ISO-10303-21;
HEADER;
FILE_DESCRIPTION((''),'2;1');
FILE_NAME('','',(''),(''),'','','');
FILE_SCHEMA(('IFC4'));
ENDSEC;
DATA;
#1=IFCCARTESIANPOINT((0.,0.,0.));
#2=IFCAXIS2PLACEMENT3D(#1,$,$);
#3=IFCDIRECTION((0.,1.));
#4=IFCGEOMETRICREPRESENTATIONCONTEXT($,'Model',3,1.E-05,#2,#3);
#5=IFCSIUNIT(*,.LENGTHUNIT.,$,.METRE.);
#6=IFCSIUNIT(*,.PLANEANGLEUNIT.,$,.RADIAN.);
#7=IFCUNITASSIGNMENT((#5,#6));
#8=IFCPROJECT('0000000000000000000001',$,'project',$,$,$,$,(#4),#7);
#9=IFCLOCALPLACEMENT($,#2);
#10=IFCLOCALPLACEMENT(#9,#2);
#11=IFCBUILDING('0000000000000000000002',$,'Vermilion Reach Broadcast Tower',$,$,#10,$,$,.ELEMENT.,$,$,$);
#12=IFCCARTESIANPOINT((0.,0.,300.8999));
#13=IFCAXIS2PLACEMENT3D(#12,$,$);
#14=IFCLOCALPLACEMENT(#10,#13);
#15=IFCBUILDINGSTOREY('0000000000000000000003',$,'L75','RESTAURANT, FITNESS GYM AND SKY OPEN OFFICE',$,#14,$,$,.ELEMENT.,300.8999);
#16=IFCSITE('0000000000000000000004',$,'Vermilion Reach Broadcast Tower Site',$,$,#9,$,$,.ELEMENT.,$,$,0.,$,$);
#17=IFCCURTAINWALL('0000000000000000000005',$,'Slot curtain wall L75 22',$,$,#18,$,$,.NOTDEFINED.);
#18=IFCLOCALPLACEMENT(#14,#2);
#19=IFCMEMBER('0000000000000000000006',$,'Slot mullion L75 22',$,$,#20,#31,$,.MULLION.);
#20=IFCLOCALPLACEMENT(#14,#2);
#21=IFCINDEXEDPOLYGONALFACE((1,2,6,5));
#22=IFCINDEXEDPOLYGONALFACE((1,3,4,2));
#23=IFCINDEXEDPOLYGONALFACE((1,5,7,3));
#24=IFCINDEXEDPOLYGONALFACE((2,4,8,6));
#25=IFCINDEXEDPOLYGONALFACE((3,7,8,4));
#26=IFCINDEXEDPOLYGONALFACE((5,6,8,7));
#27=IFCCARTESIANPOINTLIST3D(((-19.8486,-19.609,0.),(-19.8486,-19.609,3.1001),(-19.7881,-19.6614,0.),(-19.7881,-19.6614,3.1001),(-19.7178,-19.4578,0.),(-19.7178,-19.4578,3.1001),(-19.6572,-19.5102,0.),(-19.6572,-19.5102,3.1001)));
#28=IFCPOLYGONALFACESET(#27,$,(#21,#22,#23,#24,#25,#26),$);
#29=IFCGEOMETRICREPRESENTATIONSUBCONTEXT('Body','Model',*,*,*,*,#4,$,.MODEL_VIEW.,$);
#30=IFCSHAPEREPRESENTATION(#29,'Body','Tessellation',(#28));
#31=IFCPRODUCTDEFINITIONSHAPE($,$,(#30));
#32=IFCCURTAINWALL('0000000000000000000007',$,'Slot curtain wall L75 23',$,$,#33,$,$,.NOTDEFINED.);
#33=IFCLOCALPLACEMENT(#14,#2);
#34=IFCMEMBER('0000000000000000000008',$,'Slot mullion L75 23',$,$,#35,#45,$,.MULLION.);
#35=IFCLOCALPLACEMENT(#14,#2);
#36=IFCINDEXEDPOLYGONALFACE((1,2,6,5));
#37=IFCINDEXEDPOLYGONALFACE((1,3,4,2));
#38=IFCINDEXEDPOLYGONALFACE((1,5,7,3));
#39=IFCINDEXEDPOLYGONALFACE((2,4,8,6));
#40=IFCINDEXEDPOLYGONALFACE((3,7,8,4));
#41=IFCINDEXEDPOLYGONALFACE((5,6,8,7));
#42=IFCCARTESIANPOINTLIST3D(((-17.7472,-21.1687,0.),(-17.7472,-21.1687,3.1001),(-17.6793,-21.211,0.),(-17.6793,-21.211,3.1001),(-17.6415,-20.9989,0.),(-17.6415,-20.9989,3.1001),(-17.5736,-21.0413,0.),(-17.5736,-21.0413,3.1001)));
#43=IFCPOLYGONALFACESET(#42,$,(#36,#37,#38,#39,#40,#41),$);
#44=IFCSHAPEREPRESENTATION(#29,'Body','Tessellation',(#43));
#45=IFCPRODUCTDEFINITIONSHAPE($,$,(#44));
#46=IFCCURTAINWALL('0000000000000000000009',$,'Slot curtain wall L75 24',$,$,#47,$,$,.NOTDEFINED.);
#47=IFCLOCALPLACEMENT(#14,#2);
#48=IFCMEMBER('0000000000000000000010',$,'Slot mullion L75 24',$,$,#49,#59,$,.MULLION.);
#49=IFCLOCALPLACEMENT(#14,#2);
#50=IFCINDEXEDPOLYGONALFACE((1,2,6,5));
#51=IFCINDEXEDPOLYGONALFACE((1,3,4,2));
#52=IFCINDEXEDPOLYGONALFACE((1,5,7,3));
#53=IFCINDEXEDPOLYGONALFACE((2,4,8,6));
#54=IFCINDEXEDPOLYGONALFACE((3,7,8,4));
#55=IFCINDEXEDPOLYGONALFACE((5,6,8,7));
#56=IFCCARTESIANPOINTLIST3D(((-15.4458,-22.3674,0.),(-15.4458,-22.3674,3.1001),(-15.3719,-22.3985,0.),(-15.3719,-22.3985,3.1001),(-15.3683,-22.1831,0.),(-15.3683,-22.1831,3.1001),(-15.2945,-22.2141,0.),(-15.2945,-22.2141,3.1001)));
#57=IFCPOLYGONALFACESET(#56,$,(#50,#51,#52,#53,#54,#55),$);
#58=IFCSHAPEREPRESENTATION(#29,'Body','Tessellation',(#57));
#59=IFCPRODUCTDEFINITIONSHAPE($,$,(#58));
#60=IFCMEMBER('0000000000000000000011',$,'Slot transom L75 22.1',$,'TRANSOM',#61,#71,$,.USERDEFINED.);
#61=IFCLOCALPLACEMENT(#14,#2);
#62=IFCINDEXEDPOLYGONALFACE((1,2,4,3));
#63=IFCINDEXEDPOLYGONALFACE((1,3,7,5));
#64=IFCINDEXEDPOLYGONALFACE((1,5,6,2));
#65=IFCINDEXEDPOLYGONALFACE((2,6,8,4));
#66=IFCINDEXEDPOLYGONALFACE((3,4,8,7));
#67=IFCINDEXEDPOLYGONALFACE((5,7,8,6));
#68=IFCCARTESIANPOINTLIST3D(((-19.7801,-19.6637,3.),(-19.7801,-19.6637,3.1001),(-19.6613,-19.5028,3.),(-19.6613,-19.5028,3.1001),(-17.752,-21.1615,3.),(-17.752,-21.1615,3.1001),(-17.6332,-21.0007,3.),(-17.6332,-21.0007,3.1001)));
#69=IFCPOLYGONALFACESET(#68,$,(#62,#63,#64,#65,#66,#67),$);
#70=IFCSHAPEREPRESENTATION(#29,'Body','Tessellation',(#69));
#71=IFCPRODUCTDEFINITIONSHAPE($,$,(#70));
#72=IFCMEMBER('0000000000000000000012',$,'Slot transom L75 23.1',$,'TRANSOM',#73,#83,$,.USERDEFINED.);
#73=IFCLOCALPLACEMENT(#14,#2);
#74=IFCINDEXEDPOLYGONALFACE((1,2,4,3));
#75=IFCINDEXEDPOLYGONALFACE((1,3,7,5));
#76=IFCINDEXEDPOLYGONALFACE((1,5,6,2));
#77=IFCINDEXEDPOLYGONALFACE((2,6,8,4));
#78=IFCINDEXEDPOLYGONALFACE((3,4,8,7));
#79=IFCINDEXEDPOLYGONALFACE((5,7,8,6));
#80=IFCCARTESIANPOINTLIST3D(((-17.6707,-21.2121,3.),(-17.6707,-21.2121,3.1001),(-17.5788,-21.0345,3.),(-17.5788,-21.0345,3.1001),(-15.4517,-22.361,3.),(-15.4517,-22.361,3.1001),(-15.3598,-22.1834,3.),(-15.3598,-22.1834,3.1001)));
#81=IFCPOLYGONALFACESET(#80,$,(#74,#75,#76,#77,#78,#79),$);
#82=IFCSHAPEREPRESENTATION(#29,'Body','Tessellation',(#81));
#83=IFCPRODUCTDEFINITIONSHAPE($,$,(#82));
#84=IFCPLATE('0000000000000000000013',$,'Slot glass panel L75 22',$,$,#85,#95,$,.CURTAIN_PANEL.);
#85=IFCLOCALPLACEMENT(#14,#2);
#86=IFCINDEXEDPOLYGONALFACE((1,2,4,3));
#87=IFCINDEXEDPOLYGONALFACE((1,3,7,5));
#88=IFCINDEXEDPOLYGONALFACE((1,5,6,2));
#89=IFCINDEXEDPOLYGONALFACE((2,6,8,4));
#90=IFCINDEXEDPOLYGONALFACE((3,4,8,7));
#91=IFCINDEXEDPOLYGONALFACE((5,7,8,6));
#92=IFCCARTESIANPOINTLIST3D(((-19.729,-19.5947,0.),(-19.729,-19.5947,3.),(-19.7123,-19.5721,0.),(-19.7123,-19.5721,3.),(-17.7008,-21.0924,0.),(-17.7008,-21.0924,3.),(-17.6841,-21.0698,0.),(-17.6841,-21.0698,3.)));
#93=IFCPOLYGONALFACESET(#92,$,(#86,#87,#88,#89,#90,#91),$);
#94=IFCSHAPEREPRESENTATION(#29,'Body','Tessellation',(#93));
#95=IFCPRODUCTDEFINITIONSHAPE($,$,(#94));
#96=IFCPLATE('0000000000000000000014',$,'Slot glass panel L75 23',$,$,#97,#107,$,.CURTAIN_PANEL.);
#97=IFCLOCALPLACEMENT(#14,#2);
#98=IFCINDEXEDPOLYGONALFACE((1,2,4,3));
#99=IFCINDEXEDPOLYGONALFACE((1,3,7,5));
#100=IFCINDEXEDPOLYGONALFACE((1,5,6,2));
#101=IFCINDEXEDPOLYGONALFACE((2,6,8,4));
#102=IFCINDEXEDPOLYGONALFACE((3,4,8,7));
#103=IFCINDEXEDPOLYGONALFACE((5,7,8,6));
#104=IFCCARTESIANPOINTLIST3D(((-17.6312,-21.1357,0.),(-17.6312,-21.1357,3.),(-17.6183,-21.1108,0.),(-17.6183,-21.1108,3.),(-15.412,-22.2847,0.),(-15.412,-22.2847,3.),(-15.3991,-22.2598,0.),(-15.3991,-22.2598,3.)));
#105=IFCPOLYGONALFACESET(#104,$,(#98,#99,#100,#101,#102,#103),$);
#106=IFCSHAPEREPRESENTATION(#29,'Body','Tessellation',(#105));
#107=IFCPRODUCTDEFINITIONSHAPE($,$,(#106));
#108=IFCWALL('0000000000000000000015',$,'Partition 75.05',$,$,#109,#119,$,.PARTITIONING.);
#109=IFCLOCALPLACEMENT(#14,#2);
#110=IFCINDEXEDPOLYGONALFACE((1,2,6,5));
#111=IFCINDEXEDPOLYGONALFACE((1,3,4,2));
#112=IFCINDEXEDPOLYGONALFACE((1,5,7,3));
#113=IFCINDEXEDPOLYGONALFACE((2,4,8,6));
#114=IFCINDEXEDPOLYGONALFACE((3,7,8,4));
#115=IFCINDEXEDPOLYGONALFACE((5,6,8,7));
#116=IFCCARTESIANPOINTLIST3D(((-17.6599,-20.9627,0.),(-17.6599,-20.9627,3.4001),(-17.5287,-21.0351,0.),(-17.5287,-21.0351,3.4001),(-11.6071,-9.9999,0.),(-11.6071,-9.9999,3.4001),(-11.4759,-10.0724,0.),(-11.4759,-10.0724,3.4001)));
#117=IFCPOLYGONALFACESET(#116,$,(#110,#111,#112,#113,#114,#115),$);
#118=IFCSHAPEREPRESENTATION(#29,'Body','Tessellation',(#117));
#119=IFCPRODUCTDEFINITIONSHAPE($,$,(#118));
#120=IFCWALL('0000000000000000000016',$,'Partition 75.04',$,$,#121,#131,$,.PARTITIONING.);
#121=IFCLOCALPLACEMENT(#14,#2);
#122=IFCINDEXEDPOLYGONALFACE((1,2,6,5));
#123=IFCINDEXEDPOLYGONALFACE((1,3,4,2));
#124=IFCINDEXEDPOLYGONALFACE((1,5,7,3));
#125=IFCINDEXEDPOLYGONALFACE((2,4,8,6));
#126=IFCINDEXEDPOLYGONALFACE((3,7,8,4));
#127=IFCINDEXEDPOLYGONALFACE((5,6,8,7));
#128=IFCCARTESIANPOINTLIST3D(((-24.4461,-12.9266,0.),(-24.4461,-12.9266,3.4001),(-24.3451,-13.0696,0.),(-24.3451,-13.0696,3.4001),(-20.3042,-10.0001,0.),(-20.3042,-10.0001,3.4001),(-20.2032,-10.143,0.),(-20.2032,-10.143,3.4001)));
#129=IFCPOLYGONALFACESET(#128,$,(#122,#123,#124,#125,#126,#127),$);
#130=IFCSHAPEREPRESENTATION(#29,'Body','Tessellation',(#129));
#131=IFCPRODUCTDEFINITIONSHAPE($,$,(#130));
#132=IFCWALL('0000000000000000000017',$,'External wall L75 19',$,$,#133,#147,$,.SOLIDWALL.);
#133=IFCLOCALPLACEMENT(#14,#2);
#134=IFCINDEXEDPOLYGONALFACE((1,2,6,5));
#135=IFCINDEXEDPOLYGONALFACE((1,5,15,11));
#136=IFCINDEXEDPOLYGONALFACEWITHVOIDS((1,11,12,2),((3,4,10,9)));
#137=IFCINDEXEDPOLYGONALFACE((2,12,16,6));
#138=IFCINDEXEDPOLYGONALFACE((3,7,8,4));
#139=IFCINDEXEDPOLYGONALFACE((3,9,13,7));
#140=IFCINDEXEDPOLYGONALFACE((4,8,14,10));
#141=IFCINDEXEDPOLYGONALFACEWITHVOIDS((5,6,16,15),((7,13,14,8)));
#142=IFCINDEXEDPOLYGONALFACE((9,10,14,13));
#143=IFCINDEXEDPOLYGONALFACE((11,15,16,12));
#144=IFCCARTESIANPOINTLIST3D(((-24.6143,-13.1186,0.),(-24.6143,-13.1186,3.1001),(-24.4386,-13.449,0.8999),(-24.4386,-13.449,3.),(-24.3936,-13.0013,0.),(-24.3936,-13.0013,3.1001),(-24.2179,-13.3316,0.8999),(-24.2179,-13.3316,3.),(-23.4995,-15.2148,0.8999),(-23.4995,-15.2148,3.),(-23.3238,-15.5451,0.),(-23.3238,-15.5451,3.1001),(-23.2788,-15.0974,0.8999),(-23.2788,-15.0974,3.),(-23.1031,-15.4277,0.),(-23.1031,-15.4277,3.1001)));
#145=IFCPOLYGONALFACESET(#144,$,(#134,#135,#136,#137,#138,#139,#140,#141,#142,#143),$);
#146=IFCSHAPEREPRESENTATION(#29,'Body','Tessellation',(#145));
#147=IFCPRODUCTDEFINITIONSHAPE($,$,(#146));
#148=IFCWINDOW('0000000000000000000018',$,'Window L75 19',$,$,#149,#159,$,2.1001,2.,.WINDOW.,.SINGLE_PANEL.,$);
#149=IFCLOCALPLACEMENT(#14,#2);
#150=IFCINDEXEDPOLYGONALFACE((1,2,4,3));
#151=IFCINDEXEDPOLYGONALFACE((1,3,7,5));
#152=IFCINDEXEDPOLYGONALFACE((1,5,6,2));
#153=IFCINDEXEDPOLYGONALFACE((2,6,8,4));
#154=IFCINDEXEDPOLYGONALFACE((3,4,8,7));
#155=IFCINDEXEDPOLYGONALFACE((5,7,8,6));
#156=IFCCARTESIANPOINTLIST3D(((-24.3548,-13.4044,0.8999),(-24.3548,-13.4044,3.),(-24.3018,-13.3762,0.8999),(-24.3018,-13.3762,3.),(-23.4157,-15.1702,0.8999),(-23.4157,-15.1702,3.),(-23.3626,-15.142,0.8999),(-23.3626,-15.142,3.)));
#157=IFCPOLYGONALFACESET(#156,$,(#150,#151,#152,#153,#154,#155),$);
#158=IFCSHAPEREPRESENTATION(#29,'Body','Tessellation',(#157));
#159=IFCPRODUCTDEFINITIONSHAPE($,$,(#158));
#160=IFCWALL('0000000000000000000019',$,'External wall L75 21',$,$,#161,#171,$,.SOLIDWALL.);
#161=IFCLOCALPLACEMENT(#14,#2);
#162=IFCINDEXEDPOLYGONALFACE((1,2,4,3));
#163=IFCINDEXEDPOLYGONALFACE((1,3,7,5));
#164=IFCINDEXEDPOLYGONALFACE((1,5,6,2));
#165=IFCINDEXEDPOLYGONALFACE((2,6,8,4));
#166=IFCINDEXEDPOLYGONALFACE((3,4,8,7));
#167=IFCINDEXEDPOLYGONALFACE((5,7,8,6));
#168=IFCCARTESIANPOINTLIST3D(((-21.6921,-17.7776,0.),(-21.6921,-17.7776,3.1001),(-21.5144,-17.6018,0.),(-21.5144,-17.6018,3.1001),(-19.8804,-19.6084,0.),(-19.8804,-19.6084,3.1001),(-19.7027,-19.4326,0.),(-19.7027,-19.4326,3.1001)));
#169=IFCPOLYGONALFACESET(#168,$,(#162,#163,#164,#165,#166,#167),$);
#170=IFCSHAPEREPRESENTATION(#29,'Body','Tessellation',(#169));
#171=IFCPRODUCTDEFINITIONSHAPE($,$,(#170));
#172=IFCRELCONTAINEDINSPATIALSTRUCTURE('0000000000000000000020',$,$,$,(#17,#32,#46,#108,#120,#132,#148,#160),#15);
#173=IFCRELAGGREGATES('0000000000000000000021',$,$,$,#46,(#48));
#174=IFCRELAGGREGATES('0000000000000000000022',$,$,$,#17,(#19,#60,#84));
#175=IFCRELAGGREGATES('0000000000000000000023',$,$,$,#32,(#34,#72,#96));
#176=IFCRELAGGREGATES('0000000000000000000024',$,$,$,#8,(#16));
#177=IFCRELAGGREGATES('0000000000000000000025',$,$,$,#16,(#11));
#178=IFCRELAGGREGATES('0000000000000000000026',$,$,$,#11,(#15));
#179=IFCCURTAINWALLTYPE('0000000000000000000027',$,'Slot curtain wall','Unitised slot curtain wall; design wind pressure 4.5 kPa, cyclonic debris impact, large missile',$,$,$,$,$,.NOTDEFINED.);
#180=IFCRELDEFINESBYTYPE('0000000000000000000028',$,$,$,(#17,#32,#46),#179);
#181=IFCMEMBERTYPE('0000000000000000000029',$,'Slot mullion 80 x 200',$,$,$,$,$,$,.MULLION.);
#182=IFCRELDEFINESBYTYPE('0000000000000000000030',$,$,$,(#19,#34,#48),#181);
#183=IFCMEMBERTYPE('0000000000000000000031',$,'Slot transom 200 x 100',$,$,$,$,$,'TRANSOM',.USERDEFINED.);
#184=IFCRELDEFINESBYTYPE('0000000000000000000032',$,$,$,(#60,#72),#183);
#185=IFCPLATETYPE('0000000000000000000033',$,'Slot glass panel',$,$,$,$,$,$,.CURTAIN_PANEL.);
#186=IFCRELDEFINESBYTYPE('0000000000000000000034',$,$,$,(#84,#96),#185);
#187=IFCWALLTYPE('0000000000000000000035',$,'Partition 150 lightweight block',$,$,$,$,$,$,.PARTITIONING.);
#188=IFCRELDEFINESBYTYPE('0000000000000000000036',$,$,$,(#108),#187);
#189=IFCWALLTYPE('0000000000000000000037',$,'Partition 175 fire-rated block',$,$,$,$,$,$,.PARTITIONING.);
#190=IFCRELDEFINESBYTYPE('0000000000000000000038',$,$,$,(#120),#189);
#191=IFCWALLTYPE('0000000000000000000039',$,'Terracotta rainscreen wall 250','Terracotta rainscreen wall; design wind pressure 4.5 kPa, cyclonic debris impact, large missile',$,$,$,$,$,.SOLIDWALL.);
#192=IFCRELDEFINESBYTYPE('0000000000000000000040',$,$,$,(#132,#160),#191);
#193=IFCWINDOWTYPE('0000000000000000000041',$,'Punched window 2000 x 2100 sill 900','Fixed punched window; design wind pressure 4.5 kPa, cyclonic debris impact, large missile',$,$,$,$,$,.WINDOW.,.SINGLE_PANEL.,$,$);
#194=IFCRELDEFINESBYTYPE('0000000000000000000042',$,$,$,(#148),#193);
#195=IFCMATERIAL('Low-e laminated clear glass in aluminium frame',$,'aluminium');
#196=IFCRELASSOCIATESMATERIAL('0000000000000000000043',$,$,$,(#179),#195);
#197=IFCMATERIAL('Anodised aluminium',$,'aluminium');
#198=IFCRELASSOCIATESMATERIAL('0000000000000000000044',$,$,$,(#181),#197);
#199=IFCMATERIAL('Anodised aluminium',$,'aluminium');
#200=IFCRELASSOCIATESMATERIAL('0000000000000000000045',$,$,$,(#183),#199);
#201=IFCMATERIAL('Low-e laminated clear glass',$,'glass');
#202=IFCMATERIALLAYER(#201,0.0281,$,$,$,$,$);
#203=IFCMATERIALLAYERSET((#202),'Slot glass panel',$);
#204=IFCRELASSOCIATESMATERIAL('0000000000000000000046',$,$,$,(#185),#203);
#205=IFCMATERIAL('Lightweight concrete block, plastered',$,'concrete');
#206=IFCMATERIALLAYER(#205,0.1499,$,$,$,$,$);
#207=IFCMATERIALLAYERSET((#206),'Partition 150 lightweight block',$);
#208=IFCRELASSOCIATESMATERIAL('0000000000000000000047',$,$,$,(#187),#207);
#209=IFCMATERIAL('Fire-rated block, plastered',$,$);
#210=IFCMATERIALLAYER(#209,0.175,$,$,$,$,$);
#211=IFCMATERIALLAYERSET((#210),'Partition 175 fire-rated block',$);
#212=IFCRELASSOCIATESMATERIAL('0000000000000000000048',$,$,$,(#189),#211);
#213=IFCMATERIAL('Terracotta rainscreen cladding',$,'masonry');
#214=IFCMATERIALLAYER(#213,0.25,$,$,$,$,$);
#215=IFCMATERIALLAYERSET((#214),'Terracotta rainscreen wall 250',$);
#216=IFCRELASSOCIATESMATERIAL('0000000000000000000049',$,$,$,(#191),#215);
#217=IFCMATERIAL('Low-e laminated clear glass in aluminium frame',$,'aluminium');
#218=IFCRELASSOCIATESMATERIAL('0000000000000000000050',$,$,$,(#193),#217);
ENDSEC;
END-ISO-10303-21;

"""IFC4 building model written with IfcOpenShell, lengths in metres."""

from ifc_helpers import new_model, si_unit, direction, frame, frame_2d, origin, origin_2d, place, context, subcontext, project, spatial, rectangle, extrude, material, layer, layer_set, material_profile, profile_set, type_object, element, fill, aggregate, save


model = new_model("IFC4")

# Units and contexts
model_context = context("Model", 3, precision=1e-05, world=origin(), true_north=direction((0.0, 1.0)))
body_context = subcontext(model_context, "Body", "Model", "MODEL_VIEW")
ifc_project = project(units=[si_unit("LENGTHUNIT", "METRE"), si_unit("PLANEANGLEUNIT", "RADIAN")], contexts=[model_context])

# Site, building, storey
site_placement = place(None, origin())
site = spatial("IfcSite", under=ifc_project, at=site_placement, Name="Vermilion Reach Broadcast Tower Site", CompositionType="ELEMENT", RefElevation=0.0)
building_placement = place(site_placement, origin())
building = spatial("IfcBuilding", under=site, at=building_placement, Name="Vermilion Reach Broadcast Tower", CompositionType="ELEMENT")
storey_placement = place(building_placement, frame((0.0, 0.0, 300.8999)))
storey = spatial("IfcBuildingStorey", under=building, at=storey_placement, Name="L75", Description="RESTAURANT, FITNESS GYM AND SKY OPEN OFFICE", CompositionType="ELEMENT", Elevation=300.8999)

# Curtain walls, members
ifc_material_1 = material(Name="Low-e laminated clear glass in aluminium frame", Category="aluminium")
curtain_wall_type = type_object("IfcCurtainWallType", Name="Slot curtain wall", Description="Unitised slot curtain wall; design wind pressure 4.5 kPa, cyclonic debris impact, large missile", PredefinedType="NOTDEFINED", material=ifc_material_1)
placement = place(storey_placement, origin())
curtain_wall_1 = element("IfcCurtainWall", 1, at=placement, inside=storey, type_object=curtain_wall_type, Name="Slot curtain wall L75 22", PredefinedType="NOTDEFINED")
ifc_material_2 = material(Name="Anodised aluminium", Category="aluminium")
ifc_material_profile_1 = material_profile(ifc_material_2, rectangle(XDim=0.2, YDim=0.0801, at=origin_2d()), Name="Slot mullion 80 x 200")
ifc_profile_set_1 = profile_set([ifc_material_profile_1], Name="Anodised aluminium")
member_type_1 = type_object("IfcMemberType", Name="Slot mullion 80 x 200", PredefinedType="MULLION", material=ifc_profile_set_1)
member_1_placement = place(storey_placement, frame((-19.7529, -19.5596, 0.0), z_axis=(0.0, 0.0, 1.0), x_axis=(0.654391, 0.756156, 0.0)))
member_1 = element("IfcMember", 2, at=member_1_placement, type_object=member_type_1, Name="Slot mullion L75 22", PredefinedType="MULLION", context=body_context, shape_type="SweptSolid", body=[
    extrude(rectangle(XDim=0.2, YDim=0.0801, at=origin_2d()), origin(), (0.0, 0.0, 1.0), 3.1001),
])
curtain_wall_2 = element("IfcCurtainWall", 3, at=placement, inside=storey, type_object=curtain_wall_type, Name="Slot curtain wall L75 23", PredefinedType="NOTDEFINED")
member_2_placement = place(storey_placement, frame((-17.6604, -21.105, 0.0), z_axis=(0.0, 0.0, 1.0), x_axis=(0.528571, 0.848889, 0.0)))
member_2 = element("IfcMember", 4, at=member_2_placement, type_object=member_type_1, Name="Slot mullion L75 23", PredefinedType="MULLION", context=body_context, shape_type="SweptSolid", body=[
    extrude(rectangle(XDim=0.2, YDim=0.0801, at=origin_2d()), origin(), (0.0, 0.0, 1.0), 3.1001),
])
curtain_wall_3 = element("IfcCurtainWall", 5, at=placement, inside=storey, type_object=curtain_wall_type, Name="Slot curtain wall L75 24", PredefinedType="NOTDEFINED")
member_3_placement = place(storey_placement, frame((-15.3701, -22.2908, 0.0), z_axis=(0.0, 0.0, 1.0), x_axis=(0.387515, 0.921863, 0.0)))
member_3 = element("IfcMember", 6, at=member_3_placement, type_object=member_type_1, Name="Slot mullion L75 24", PredefinedType="MULLION", context=body_context, shape_type="SweptSolid", body=[
    extrude(rectangle(XDim=0.2, YDim=0.0801, at=origin_2d()), origin(), (0.0, 0.0, 1.0), 3.1001),
])
aggregate(curtain_wall_3, [member_3])

# Members
ifc_material_3 = material(Name="Anodised aluminium", Category="aluminium")
ifc_material_profile_2 = material_profile(ifc_material_3, rectangle(XDim=0.2, YDim=0.1001, at=origin_2d()), Name="Slot transom 200 x 100")
ifc_profile_set_2 = profile_set([ifc_material_profile_2], Name="Anodised aluminium")
member_type_2 = type_object("IfcMemberType", Name="Slot transom 200 x 100", ElementType="TRANSOM", PredefinedType="USERDEFINED", material=ifc_profile_set_2)
member_4_placement = place(storey_placement, frame((-19.7207, -19.5833, 3.05), z_axis=(0.804406, -0.594081, 0.0), x_axis=(0.594081, 0.804406, 0.0)))
member_4 = element("IfcMember", 7, at=member_4_placement, type_object=member_type_2, Name="Slot transom L75 22.1", ObjectType="TRANSOM", PredefinedType="USERDEFINED", context=body_context, shape_type="SweptSolid", body=[
    extrude(rectangle(XDim=0.2, YDim=0.1001, at=origin_2d()), origin(), (0.0, 0.0, 1.0), 2.5212),
])
member_5_placement = place(storey_placement, frame((-17.6248, -21.1233, 3.05), z_axis=(0.888026, -0.459792, 0.0), x_axis=(0.459792, 0.888026, 0.0)))
member_5 = element("IfcMember", 8, at=member_5_placement, type_object=member_type_2, Name="Slot transom L75 23.1", ObjectType="TRANSOM", PredefinedType="USERDEFINED", context=body_context, shape_type="SweptSolid", body=[
    extrude(rectangle(XDim=0.2, YDim=0.1001, at=origin_2d()), origin(), (0.0, 0.0, 1.0), 2.4988),
])

# Plates
ifc_material_4 = material(Name="Low-e laminated clear glass", Category="glass")
ifc_layer_1 = layer(ifc_material_4, 0.0281)
ifc_layer_set_1 = layer_set([ifc_layer_1], Name="Slot glass panel")
plate_type = type_object("IfcPlateType", Name="Slot glass panel", PredefinedType="CURTAIN_PANEL", material=ifc_layer_set_1)
plate_1_placement = place(storey_placement, frame((-18.7065, -20.3323, 0.0), z_axis=(0.0, 0.0, 1.0), x_axis=(0.804432, -0.594045, 0.0)))
plate_1 = element("IfcPlate", 9, at=plate_1_placement, type_object=plate_type, Name="Slot glass panel L75 22", PredefinedType="CURTAIN_PANEL", context=body_context, shape_type="SweptSolid", body=[
    extrude(rectangle(XDim=2.5212, YDim=0.0281, at=origin_2d()), origin(), (0.0, 0.0, 1.0), 3.0),
])
aggregate(curtain_wall_1, [member_1, member_4, plate_1])
plate_2_placement = place(storey_placement, frame((-16.5151, -21.6978, 0.0), z_axis=(0.0, 0.0, 1.0), x_axis=(0.88803, -0.459785, 0.0)))
plate_2 = element("IfcPlate", 10, at=plate_2_placement, type_object=plate_type, Name="Slot glass panel L75 23", PredefinedType="CURTAIN_PANEL", context=body_context, shape_type="SweptSolid", body=[
    extrude(rectangle(XDim=2.499, YDim=0.0281, at=origin_2d()), origin(), (0.0, 0.0, 1.0), 3.0),
])
aggregate(curtain_wall_2, [member_2, member_5, plate_2])

# Walls
ifc_material_5 = material(Name="Lightweight concrete block, plastered", Category="concrete")
ifc_layer_2 = layer(ifc_material_5, 0.1499)
ifc_layer_set_2 = layer_set([ifc_layer_2], Name="Partition 150 lightweight block")
wall_type_1 = type_object("IfcWallType", Name="Partition 150 lightweight block", PredefinedType="PARTITIONING", material=ifc_layer_set_2)
wall_1_placement = place(storey_placement, frame((-17.5942, -20.9988, 0.0), z_axis=(0.0, 0.0, 1.0), x_axis=(0.483345, 0.87543, 0.0)))
element("IfcWall", 11, at=wall_1_placement, inside=storey, type_object=wall_type_1, Name="Partition 75.05", PredefinedType="PARTITIONING", context=body_context, shape_type="SweptSolid", body=[
    extrude(rectangle(XDim=12.5227, YDim=0.1499, at=frame_2d((6.2612, 0.0))), origin(), (0.0, 0.0, 1.0), 3.4001),
])
ifc_material_6 = material(Name="Fire-rated block, plastered")
ifc_layer_3 = layer(ifc_material_6, 0.175)
ifc_layer_set_3 = layer_set([ifc_layer_3], Name="Partition 175 fire-rated block")
wall_type_2 = type_object("IfcWallType", Name="Partition 175 fire-rated block", PredefinedType="PARTITIONING", material=ifc_layer_set_3)
wall_2_placement = place(storey_placement, frame((-24.3955, -12.998, 0.0), z_axis=(0.0, 0.0, 1.0), x_axis=(0.816702, 0.577059, 0.0)))
element("IfcWall", 12, at=wall_2_placement, inside=storey, type_object=wall_type_2, Name="Partition 75.04", PredefinedType="PARTITIONING", context=body_context, shape_type="SweptSolid", body=[
    extrude(rectangle(XDim=5.0715, YDim=0.175, at=frame_2d((2.5356, 0.0))), origin(), (0.0, 0.0, 1.0), 3.4001),
])

# Wall, opening, window
ifc_material_7 = material(Name="Terracotta rainscreen cladding", Category="masonry")
ifc_layer_4 = layer(ifc_material_7, 0.25)
ifc_layer_set_4 = layer_set([ifc_layer_4], Name="Terracotta rainscreen wall 250")
wall_type_3 = type_object("IfcWallType", Name="Terracotta rainscreen wall 250", Description="Terracotta rainscreen wall; design wind pressure 4.5 kPa, cyclonic debris impact, large missile", PredefinedType="SOLIDWALL", material=ifc_layer_set_4)
wall_3_placement = place(storey_placement, frame((-24.5039, -13.0601, 0.0), z_axis=(0.0, 0.0, 1.0), x_axis=(0.469564, -0.882898, 0.0)))
wall_3 = element("IfcWall", 13, at=wall_3_placement, inside=storey, type_object=wall_type_3, Name="External wall L75 19", PredefinedType="SOLIDWALL", context=body_context, shape_type="SweptSolid", body=[
    extrude(rectangle(XDim=2.7483, YDim=0.25, at=frame_2d((1.374, 0.0))), origin(), (0.0, 0.0, 1.0), 3.1001),
])
opening_1_placement = place(wall_3_placement, frame((0.374, 0.0, 0.8999)))
opening_1 = element("IfcOpeningElement", 14, at=opening_1_placement, cuts=wall_3, PredefinedType="OPENING", context=body_context, shape_type="SweptSolid", body=[
    extrude(rectangle(XDim=2.0, YDim=2.1001, at=frame_2d((1.0, 1.05))), frame((0.0, 0.135, 0.0), z_axis=(0.0, -1.0, 0.0), x_axis=(1.0, 0.0, 0.0)), (0.0, 0.0, 1.0), 0.27),
])
ifc_material_8 = material(Name="Low-e laminated clear glass in aluminium frame", Category="aluminium")
window_type = type_object("IfcWindowType", Name="Punched window 2000 x 2100 sill 900", Description="Fixed punched window; design wind pressure 4.5 kPa, cyclonic debris impact, large missile", PartitioningType="SINGLE_PANEL", PredefinedType="WINDOW", material=ifc_material_8)
window_placement = place(opening_1_placement, origin())
window = element("IfcWindow", 15, at=window_placement, inside=storey, type_object=window_type, Name="Window L75 19", OverallHeight=2.1001, OverallWidth=2.0, PartitioningType="SINGLE_PANEL", PredefinedType="WINDOW", context=body_context, shape_type="SweptSolid", body=[
    extrude(rectangle(XDim=2.0, YDim=2.1001, at=frame_2d((1.0, 1.05))), frame((0.0, 0.03, 0.0), z_axis=(0.0, -1.0, 0.0), x_axis=(1.0, 0.0, 0.0)), (0.0, 0.0, 1.0), 0.0601),
])
fill(opening_1, window)

# Wall
wall_4_placement = place(storey_placement, frame((-21.6033, -17.6897, 0.0), z_axis=(0.0, 0.0, 1.0), x_axis=(0.7034, -0.710794, 0.0)))
element("IfcWall", 16, at=wall_4_placement, inside=storey, type_object=wall_type_3, Name="External wall L75 21", PredefinedType="SOLIDWALL", context=body_context, shape_type="SweptSolid", body=[
    extrude(rectangle(XDim=2.5757, YDim=0.25, at=frame_2d((1.2878, 0.0))), origin(), (0.0, 0.0, 1.0), 3.1001),
])

save(model, "model.ifc")
